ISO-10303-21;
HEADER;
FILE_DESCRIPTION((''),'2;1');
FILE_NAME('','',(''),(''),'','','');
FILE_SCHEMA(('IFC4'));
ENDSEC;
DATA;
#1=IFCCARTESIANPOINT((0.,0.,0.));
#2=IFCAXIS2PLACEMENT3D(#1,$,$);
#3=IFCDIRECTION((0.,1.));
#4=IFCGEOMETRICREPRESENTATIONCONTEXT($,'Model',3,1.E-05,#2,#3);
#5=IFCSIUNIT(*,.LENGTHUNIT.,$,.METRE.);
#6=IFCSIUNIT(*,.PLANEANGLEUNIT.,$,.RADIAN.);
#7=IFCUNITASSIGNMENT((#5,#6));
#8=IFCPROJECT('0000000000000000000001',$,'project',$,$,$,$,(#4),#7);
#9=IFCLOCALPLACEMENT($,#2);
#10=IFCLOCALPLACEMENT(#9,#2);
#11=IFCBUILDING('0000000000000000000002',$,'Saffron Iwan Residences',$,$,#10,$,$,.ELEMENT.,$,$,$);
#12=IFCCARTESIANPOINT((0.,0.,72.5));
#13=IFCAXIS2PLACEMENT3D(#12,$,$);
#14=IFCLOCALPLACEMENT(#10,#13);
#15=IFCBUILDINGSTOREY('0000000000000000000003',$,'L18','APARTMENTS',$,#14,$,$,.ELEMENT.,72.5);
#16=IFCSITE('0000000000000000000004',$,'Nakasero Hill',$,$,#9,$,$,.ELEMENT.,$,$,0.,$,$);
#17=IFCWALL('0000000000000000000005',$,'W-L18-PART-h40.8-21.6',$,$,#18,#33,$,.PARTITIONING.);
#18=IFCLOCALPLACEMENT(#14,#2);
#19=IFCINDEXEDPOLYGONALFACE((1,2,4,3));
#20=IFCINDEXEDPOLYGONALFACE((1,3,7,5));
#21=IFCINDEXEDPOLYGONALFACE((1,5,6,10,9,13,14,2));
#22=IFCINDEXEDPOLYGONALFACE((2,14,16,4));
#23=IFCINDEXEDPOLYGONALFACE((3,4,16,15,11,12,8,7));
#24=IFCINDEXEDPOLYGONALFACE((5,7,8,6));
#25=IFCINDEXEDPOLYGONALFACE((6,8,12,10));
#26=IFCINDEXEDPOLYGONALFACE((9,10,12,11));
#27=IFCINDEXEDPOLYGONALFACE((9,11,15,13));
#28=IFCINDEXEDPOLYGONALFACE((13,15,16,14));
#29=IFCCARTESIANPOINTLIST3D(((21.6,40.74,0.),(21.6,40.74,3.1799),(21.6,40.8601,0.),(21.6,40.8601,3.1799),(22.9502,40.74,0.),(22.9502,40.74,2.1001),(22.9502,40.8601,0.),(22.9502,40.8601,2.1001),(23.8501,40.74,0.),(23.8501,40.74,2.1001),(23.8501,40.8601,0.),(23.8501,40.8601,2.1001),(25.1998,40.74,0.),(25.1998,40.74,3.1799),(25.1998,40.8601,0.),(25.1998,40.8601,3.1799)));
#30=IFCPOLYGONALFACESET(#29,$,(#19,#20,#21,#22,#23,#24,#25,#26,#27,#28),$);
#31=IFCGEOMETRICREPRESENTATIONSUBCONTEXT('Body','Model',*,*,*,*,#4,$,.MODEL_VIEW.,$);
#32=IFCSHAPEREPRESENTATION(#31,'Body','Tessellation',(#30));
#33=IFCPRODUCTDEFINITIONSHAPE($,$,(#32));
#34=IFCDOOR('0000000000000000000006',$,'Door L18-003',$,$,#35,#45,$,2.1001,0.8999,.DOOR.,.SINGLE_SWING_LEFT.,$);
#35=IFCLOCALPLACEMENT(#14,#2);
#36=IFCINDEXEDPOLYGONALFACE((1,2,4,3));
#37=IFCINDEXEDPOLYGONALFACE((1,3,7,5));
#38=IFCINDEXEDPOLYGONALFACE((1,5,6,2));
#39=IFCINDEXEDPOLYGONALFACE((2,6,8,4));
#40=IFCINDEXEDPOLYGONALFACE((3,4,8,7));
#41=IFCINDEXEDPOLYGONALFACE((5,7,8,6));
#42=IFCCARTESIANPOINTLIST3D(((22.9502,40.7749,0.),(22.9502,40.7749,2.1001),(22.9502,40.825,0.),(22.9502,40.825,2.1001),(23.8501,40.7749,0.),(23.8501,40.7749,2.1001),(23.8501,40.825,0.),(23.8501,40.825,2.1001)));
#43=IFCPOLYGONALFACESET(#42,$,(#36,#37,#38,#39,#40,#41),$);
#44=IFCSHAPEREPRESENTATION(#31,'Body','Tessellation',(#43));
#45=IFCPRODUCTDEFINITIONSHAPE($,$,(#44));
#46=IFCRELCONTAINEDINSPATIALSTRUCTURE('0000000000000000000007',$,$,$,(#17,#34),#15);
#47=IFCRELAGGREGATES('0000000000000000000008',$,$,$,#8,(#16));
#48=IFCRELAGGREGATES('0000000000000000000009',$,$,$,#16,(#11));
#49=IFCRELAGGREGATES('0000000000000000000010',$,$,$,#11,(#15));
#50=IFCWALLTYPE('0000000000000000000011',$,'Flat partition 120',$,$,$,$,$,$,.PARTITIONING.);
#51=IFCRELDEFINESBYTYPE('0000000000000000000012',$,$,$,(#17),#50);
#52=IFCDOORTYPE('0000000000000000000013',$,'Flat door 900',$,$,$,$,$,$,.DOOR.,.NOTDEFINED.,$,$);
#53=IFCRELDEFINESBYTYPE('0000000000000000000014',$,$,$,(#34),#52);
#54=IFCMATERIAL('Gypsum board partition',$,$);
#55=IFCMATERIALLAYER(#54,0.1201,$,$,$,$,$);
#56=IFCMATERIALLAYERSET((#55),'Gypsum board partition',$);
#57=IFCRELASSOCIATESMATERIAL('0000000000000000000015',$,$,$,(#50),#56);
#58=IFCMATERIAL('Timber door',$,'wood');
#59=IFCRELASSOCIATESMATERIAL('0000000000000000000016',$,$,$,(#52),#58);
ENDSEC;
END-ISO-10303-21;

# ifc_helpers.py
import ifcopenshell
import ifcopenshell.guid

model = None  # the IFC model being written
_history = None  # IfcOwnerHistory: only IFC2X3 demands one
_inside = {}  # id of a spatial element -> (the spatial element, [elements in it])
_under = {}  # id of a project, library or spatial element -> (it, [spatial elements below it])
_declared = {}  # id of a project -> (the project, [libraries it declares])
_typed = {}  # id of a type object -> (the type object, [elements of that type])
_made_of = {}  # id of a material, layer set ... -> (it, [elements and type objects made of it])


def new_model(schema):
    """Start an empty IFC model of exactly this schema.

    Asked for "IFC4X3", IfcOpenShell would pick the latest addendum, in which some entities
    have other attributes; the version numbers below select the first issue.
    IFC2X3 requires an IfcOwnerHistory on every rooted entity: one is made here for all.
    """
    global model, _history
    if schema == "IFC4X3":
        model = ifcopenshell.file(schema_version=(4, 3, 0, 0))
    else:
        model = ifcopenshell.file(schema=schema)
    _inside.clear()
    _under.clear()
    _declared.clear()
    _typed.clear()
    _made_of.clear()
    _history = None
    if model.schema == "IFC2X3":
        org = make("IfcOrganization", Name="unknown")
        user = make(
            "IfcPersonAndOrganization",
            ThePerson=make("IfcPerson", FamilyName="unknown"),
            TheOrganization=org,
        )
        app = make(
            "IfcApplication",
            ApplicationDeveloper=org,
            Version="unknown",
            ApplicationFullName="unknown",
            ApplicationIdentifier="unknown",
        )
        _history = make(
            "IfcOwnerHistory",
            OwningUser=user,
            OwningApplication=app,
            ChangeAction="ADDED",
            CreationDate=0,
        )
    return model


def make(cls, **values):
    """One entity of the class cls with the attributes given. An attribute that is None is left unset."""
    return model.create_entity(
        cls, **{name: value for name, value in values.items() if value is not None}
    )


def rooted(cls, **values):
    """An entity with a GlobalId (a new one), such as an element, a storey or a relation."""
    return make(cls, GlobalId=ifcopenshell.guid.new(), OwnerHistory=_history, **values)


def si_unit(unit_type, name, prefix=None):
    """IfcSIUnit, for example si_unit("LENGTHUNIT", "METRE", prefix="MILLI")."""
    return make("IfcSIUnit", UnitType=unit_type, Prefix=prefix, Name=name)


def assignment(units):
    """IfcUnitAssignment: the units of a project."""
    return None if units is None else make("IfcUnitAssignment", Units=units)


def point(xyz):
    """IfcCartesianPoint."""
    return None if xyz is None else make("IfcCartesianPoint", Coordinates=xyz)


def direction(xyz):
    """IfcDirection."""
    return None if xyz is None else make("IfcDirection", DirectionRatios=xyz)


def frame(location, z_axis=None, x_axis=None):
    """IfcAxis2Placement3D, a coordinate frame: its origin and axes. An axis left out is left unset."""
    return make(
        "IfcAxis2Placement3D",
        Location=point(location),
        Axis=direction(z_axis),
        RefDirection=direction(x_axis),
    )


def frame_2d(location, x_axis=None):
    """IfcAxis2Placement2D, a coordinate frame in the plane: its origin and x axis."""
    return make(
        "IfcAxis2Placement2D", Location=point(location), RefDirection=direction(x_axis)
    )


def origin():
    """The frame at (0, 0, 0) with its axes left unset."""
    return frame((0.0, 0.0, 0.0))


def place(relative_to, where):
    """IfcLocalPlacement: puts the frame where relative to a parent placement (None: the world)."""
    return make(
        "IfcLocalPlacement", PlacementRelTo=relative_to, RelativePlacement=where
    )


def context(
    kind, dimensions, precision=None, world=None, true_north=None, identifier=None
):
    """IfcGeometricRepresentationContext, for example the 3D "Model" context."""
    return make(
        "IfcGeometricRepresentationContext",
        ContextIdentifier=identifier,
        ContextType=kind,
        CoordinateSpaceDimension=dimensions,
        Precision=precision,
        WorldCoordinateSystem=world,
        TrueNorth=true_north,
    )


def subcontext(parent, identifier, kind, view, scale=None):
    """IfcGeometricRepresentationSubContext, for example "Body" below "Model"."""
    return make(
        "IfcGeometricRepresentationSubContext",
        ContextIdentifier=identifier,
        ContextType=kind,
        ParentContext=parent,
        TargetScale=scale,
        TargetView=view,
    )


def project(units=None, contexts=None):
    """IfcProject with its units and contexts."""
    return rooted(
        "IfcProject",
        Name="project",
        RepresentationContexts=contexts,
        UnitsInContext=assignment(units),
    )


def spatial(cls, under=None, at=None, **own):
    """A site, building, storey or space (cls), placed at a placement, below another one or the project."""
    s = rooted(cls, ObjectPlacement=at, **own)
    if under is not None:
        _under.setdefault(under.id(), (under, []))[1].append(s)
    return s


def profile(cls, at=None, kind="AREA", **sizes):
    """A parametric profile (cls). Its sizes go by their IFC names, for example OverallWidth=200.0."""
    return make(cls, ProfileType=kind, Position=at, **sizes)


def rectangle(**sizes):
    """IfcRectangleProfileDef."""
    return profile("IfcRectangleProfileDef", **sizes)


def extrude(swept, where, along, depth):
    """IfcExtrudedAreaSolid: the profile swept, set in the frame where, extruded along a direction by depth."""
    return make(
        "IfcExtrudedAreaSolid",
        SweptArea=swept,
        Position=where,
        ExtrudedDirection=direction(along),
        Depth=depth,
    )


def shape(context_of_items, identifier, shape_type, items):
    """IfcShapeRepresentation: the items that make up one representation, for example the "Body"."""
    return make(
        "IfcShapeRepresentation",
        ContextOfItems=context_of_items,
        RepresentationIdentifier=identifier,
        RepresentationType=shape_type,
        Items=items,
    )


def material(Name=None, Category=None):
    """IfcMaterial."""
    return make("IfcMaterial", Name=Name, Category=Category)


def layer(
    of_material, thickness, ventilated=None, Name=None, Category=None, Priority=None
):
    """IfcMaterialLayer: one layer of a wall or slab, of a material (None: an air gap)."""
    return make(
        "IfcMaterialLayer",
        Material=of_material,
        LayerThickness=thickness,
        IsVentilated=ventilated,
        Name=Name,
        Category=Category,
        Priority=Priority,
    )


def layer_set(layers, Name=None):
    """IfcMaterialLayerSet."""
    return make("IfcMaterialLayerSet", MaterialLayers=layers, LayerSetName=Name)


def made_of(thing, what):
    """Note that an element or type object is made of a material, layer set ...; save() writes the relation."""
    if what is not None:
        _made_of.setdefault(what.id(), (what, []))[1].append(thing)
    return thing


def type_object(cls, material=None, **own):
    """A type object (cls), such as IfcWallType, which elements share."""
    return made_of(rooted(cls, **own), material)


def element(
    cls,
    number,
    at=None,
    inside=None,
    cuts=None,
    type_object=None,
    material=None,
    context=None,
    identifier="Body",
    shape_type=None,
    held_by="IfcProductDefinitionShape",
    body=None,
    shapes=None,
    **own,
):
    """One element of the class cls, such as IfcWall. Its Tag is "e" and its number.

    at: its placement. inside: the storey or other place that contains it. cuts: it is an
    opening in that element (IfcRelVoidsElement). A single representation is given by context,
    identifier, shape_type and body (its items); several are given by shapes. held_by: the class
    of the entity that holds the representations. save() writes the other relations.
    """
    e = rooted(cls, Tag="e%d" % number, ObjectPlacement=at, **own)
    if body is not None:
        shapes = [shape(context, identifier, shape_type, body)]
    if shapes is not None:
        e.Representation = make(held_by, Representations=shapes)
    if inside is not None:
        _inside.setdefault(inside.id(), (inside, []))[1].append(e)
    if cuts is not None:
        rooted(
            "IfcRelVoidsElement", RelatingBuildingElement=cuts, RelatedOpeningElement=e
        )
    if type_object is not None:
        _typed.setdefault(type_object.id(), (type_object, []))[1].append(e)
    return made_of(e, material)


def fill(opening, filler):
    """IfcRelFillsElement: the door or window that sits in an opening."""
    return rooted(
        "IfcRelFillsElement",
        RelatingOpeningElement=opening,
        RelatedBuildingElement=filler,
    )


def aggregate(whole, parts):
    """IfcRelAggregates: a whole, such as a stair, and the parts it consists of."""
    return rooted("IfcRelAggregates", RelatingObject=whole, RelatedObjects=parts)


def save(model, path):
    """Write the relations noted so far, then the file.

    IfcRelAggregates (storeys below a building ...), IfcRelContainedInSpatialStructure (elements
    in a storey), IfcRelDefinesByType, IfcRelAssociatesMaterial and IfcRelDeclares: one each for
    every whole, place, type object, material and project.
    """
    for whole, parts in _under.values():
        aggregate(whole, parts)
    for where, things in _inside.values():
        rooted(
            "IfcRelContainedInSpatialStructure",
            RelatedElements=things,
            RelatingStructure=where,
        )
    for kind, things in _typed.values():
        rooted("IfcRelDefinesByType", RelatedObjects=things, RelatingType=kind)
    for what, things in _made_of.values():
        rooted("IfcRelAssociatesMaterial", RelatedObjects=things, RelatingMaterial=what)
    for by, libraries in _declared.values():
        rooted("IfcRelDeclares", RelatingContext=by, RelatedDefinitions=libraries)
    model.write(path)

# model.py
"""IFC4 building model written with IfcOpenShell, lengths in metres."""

from ifc_helpers import new_model, si_unit, direction, frame, frame_2d, origin, place, context, subcontext, project, spatial, rectangle, extrude, material, layer, layer_set, type_object, element, fill, save


model = new_model("IFC4")

# Units and contexts
model_context = context("Model", 3, precision=1e-05, world=origin(), true_north=direction((0.0, 1.0)))
body_context = subcontext(model_context, "Body", "Model", "MODEL_VIEW")
ifc_project = project(units=[si_unit("LENGTHUNIT", "METRE"), si_unit("PLANEANGLEUNIT", "RADIAN")], contexts=[model_context])

# Site, building, storey
site_placement = place(None, origin())
site = spatial("IfcSite", under=ifc_project, at=site_placement, Name="Nakasero Hill", CompositionType="ELEMENT", RefElevation=0.0)
building_placement = place(site_placement, origin())
building = spatial("IfcBuilding", under=site, at=building_placement, Name="Saffron Iwan Residences", CompositionType="ELEMENT")
storey_placement = place(building_placement, frame((0.0, 0.0, 72.5)))
storey = spatial("IfcBuildingStorey", under=building, at=storey_placement, Name="L18", Description="APARTMENTS", CompositionType="ELEMENT", Elevation=72.5)

# Wall, opening, door
ifc_material_1 = material(Name="Gypsum board partition")
ifc_layer_1 = layer(ifc_material_1, 0.1201)
ifc_layer_set_1 = layer_set([ifc_layer_1], Name="Gypsum board partition")
wall_type_1 = type_object("IfcWallType", Name="Flat partition 120", PredefinedType="PARTITIONING", material=ifc_layer_set_1)
wall_1_placement = place(storey_placement, frame((21.6001, 40.8, 0.0), z_axis=(0.0, 0.0, 1.0), x_axis=(1.0, 0.0, 0.0)))
wall_1 = element("IfcWall", 1, at=wall_1_placement, inside=storey, type_object=wall_type_1, Name="W-L18-PART-h40.8-21.6", PredefinedType="PARTITIONING", context=body_context, shape_type="SweptSolid", body=[
    extrude(rectangle(XDim=3.5999, YDim=0.1201, at=frame_2d((1.7998, 0.0))), origin(), (0.0, 0.0, 1.0), 3.1799),
])
opening_1_placement = place(wall_1_placement, frame((1.3501, 0.0, 0.0)))
opening_1 = element("IfcOpeningElement", 2, at=opening_1_placement, cuts=wall_1, PredefinedType="OPENING", context=body_context, shape_type="SweptSolid", body=[
    extrude(rectangle(XDim=0.8999, YDim=2.1001, at=frame_2d((0.45, 1.05))), frame((0.0, 0.0701, 0.0), z_axis=(0.0, -1.0, 0.0), x_axis=(1.0, 0.0, 0.0)), (0.0, 0.0, 1.0), 0.1401),
])
ifc_material_2 = material(Name="Timber door", Category="wood")
door_type_1 = type_object("IfcDoorType", Name="Flat door 900", OperationType="NOTDEFINED", PredefinedType="DOOR", material=ifc_material_2)
door_1_placement = place(opening_1_placement, origin())
door_1 = element("IfcDoor", 3, at=door_1_placement, inside=storey, type_object=door_type_1, Name="Door L18-003", OperationType="SINGLE_SWING_LEFT", OverallHeight=2.1001, OverallWidth=0.8999, PredefinedType="DOOR", context=body_context, shape_type="SweptSolid", body=[
    extrude(rectangle(XDim=0.8999, YDim=2.1001, at=frame_2d((0.45, 1.05))), frame((0.0, 0.0249, 0.0), z_axis=(0.0, -1.0, 0.0), x_axis=(1.0, 0.0, 0.0)), (0.0, 0.0, 1.0), 0.05),
])
fill(opening_1, door_1)

save(model, "model.ifc")
